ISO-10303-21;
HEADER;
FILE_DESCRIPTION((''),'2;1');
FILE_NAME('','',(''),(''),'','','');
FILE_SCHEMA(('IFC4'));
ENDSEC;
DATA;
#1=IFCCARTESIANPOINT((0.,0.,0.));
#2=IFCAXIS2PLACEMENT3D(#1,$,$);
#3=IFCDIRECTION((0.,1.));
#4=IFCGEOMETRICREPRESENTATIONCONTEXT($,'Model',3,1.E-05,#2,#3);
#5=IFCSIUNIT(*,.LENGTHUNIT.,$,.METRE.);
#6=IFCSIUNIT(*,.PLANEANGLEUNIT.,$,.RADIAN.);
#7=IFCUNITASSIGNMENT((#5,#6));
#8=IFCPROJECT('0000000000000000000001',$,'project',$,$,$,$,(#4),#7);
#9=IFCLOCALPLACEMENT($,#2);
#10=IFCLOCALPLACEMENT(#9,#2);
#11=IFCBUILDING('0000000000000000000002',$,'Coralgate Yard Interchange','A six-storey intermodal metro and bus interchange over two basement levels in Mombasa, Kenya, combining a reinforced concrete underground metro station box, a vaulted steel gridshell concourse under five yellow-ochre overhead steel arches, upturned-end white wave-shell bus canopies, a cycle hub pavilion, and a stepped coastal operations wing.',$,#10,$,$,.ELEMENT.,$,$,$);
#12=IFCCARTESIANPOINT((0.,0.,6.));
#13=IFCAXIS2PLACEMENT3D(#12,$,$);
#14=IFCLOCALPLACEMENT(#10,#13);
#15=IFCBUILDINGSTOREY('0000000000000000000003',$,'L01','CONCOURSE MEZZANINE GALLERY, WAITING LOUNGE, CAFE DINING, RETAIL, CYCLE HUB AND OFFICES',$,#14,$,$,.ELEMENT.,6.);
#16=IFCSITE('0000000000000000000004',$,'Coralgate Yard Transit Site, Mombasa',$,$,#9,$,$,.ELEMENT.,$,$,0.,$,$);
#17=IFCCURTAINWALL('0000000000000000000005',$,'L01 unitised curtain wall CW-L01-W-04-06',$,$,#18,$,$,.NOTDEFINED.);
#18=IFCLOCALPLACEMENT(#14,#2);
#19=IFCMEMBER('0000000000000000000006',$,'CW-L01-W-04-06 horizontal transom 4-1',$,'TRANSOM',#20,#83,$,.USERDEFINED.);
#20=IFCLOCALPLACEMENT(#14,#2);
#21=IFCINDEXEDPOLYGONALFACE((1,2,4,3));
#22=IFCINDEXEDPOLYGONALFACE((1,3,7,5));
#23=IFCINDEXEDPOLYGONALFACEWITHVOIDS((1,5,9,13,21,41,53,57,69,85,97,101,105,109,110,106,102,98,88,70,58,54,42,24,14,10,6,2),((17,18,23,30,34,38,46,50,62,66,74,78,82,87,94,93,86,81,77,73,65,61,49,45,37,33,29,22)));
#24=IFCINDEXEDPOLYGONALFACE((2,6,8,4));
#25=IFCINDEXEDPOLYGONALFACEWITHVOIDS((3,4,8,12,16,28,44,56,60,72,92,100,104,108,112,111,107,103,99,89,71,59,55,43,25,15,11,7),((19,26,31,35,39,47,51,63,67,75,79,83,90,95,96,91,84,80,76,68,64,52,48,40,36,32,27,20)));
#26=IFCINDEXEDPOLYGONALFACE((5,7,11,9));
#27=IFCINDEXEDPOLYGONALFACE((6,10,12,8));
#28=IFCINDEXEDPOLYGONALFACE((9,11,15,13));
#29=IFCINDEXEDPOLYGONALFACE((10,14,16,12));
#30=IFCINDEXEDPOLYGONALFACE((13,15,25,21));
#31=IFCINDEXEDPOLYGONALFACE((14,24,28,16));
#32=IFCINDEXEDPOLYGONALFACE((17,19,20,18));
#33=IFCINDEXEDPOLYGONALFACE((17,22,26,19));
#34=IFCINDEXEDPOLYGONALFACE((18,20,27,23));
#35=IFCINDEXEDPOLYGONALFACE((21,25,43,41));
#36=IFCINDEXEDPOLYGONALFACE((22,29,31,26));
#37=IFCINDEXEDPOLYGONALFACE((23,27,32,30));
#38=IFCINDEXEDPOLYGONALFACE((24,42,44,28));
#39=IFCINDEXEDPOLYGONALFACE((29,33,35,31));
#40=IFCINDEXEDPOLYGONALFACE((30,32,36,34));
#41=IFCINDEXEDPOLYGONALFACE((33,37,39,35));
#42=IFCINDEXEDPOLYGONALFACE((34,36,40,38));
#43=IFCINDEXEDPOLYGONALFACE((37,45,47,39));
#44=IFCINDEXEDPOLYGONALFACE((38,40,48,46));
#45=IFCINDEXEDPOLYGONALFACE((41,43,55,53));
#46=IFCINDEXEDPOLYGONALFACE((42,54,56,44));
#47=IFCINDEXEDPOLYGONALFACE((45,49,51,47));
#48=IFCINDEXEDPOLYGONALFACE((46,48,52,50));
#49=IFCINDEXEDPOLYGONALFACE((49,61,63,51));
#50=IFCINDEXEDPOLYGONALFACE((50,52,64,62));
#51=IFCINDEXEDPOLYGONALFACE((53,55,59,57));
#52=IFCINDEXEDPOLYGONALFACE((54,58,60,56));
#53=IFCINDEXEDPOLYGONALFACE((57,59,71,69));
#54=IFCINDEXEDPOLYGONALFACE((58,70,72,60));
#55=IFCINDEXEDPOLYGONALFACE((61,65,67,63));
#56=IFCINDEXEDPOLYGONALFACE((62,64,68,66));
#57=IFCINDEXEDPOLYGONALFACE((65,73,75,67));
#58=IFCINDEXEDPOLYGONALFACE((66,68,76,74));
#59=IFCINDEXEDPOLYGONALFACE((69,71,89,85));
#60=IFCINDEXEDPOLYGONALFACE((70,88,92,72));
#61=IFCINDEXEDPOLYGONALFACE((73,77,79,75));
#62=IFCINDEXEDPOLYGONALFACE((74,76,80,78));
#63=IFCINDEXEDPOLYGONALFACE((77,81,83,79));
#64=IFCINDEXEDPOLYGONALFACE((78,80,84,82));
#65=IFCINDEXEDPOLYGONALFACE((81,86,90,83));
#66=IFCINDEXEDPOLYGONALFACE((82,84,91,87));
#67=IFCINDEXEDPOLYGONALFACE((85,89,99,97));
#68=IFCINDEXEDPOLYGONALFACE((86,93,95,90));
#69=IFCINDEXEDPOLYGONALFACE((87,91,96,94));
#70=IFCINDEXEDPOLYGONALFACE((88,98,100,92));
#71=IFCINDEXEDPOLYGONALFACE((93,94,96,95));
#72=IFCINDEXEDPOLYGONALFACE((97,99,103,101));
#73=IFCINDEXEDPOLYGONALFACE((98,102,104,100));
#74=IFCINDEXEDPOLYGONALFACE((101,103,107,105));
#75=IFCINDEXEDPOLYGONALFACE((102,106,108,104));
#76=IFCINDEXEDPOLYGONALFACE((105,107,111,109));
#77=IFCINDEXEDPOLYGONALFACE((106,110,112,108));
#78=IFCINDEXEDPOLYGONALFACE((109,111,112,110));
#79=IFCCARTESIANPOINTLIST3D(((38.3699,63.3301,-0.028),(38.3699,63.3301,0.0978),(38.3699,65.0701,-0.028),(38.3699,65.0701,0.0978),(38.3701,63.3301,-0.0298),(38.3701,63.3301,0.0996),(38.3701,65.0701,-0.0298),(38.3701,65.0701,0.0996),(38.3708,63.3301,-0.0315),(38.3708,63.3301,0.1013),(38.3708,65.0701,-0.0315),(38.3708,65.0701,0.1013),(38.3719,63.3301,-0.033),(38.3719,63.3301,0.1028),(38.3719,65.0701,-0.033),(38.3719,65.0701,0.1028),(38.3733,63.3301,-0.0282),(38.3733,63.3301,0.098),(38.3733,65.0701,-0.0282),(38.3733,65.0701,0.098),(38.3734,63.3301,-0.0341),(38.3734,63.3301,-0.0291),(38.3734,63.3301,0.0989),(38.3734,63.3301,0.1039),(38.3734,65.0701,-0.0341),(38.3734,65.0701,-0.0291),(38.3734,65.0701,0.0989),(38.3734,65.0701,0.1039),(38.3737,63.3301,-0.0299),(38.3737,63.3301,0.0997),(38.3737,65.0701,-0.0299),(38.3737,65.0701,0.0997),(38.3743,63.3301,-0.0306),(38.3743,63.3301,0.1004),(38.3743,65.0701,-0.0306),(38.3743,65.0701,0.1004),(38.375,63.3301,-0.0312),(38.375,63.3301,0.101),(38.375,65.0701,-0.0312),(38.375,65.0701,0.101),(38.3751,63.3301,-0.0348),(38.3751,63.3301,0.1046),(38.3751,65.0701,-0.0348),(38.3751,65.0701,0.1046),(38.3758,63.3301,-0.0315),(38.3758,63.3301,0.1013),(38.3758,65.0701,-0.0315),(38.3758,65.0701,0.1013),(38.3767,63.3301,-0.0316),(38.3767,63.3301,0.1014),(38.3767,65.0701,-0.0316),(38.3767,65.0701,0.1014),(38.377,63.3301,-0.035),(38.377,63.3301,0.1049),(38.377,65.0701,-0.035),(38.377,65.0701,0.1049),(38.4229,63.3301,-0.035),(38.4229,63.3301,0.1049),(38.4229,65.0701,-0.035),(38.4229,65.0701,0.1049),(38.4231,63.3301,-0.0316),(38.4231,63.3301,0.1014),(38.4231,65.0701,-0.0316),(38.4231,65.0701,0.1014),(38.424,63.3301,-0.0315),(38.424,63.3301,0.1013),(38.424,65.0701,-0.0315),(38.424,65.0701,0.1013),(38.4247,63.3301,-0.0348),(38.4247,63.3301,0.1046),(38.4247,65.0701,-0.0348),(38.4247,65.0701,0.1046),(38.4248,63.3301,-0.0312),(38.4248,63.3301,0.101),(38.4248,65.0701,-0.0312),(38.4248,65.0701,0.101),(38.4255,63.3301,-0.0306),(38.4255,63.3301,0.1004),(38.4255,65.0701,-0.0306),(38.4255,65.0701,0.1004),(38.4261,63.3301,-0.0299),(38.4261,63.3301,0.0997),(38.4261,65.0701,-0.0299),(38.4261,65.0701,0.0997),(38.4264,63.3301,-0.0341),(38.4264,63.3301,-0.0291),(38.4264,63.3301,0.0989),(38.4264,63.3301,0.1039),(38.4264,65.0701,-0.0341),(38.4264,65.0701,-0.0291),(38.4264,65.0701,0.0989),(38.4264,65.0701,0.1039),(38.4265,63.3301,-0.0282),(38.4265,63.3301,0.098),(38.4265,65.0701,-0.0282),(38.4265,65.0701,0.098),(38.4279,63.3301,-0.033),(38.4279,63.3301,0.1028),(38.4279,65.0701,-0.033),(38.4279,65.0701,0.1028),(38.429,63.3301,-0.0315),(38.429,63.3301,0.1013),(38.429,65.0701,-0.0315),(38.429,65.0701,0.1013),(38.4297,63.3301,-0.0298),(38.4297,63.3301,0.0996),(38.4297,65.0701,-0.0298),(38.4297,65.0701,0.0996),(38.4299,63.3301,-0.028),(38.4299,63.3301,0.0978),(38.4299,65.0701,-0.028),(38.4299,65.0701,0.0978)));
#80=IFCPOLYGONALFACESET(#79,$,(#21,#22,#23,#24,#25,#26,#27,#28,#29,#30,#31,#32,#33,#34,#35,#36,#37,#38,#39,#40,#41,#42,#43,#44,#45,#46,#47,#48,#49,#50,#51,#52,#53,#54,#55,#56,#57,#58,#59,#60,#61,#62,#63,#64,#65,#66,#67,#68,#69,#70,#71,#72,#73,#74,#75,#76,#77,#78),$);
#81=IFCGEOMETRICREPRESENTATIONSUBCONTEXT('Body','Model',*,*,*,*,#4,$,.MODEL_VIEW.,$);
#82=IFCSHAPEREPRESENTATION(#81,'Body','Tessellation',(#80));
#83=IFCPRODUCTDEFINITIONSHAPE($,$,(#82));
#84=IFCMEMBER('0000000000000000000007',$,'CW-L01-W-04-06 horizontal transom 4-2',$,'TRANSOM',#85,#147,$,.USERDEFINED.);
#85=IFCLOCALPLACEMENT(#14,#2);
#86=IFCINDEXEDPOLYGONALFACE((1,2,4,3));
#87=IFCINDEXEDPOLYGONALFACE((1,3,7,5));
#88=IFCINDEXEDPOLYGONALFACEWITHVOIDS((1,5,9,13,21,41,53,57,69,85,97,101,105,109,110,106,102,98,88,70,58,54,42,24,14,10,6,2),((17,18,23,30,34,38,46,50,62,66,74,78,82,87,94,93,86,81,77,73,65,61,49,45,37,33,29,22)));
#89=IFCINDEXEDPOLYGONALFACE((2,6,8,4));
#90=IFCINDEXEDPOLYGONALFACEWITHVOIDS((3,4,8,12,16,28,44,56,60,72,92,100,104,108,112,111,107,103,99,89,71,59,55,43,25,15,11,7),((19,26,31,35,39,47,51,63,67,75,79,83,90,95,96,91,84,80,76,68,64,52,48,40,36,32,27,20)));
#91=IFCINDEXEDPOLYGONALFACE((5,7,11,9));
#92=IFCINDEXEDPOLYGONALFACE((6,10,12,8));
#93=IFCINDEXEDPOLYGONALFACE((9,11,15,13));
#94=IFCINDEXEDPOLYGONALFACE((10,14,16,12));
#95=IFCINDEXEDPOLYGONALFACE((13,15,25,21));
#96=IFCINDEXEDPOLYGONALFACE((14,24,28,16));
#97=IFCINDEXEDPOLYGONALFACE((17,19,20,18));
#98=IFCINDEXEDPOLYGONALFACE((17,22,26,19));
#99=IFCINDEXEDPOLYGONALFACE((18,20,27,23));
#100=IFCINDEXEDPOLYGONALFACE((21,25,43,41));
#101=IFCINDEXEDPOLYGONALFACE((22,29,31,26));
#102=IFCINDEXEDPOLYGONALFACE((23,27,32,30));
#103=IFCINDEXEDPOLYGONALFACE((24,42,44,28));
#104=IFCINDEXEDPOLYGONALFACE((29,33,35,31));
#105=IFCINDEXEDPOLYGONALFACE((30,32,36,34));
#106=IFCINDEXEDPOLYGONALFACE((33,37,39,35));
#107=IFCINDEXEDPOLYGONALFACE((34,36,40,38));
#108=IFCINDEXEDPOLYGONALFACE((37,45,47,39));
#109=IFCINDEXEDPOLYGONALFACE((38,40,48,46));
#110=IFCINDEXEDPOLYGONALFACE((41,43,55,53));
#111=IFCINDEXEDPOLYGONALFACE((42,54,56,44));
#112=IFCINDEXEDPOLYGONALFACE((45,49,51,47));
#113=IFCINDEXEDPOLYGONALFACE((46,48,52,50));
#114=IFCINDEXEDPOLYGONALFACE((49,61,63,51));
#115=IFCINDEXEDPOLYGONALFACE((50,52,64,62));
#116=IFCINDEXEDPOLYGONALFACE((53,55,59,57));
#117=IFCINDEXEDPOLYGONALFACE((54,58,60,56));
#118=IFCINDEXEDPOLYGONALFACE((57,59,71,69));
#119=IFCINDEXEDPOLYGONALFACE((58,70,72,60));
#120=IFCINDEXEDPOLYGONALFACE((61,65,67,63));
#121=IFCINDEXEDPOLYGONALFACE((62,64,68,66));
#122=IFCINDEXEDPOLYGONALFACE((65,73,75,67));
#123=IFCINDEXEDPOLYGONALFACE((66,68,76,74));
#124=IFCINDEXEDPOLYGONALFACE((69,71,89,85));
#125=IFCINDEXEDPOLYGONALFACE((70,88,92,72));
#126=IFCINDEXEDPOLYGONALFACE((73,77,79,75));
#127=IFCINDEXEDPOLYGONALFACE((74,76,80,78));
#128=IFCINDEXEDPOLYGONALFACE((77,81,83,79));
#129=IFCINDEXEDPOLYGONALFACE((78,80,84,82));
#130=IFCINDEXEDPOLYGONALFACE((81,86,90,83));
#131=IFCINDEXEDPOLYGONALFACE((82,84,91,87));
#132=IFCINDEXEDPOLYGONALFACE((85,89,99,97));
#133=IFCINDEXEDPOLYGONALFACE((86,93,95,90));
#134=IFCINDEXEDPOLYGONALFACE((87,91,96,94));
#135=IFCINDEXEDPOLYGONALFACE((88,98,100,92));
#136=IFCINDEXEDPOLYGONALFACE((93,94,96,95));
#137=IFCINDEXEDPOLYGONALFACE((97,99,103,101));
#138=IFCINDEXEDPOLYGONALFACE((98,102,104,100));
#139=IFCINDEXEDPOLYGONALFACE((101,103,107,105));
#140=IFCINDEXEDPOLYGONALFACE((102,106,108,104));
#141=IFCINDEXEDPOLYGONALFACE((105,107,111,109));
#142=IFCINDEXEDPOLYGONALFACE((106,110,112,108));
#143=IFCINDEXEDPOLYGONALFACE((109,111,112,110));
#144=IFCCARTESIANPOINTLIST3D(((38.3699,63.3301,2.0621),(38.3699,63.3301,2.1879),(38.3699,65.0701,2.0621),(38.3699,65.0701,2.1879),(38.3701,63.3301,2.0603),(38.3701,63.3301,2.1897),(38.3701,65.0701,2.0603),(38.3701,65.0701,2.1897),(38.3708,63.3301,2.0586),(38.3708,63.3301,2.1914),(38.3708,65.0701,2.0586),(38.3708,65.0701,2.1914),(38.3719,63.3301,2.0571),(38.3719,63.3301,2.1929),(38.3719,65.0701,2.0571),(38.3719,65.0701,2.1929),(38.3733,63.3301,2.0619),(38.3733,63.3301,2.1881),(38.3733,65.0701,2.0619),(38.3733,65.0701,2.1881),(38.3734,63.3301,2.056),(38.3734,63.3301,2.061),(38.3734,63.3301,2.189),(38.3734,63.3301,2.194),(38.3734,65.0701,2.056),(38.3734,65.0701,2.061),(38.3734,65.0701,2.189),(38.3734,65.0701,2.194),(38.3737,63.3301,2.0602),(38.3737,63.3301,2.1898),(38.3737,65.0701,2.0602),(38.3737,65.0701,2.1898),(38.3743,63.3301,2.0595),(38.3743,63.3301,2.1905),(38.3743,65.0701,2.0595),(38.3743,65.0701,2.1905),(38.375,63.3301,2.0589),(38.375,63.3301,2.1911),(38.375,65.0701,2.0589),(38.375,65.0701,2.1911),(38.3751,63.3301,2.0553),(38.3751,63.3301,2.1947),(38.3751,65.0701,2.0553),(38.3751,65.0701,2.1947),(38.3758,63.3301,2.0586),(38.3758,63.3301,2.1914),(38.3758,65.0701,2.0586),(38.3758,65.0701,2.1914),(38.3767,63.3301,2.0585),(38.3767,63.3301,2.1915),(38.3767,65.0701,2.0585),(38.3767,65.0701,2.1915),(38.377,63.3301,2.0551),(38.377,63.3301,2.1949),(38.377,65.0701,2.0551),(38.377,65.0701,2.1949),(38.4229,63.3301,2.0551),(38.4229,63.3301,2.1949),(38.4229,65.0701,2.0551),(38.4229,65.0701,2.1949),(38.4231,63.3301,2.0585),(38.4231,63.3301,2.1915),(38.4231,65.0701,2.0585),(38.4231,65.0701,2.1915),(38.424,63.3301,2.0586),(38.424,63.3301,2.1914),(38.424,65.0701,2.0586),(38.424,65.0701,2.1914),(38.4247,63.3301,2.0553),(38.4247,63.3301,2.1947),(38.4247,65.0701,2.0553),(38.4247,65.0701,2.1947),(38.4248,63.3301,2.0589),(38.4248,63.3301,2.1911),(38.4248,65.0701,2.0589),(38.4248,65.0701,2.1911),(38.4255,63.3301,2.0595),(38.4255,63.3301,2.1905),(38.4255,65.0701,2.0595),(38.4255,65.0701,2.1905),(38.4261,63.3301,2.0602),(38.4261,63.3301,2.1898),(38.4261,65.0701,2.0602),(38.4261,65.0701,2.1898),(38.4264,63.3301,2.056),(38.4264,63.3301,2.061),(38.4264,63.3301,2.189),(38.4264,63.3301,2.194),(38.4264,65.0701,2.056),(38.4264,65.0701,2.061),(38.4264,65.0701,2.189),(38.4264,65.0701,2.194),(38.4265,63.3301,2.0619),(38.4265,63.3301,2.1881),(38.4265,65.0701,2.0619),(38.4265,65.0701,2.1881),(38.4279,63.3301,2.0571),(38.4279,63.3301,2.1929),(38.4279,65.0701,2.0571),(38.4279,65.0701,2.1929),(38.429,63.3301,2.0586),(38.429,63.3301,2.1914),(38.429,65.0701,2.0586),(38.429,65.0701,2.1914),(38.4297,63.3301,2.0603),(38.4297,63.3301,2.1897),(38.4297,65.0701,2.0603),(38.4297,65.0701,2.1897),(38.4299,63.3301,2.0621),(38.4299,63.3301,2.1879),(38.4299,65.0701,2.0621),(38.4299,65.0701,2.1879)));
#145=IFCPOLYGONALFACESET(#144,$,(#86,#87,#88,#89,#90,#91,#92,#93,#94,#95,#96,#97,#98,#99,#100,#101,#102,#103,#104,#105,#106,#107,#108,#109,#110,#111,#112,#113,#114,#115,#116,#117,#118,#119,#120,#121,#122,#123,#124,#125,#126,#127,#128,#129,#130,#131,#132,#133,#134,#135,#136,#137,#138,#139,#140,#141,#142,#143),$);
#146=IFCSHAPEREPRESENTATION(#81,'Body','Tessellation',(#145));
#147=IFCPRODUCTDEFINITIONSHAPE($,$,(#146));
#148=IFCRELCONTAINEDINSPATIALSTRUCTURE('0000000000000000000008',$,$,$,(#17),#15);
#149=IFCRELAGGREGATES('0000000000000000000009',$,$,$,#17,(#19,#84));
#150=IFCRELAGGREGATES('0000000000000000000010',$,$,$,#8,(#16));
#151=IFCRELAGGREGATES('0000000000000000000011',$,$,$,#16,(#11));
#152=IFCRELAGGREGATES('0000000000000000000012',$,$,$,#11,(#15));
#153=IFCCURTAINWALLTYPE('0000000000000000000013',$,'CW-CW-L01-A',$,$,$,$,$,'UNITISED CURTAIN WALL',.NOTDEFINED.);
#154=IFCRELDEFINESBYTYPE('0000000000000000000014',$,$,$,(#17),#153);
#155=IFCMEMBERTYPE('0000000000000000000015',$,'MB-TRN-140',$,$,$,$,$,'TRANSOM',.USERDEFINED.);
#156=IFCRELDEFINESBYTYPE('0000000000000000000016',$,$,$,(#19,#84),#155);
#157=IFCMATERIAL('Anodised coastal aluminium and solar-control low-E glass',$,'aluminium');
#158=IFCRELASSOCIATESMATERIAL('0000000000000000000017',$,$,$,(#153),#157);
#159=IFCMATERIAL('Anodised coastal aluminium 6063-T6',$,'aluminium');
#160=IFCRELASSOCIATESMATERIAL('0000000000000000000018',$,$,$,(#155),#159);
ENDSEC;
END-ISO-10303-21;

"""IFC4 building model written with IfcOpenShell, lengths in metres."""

from ifc_helpers import new_model, si_unit, direction, frame, origin, origin_2d, place, context, subcontext, project, spatial, hollow_rectangle, extrude, material, material_profile, profile_set, type_object, element, aggregate, save


model = new_model("IFC4")

# Units and contexts
model_context = context("Model", 3, precision=1e-05, world=origin(), true_north=direction((0.0, 1.0)))
body_context = subcontext(model_context, "Body", "Model", "MODEL_VIEW")
ifc_project = project(units=[si_unit("LENGTHUNIT", "METRE"), si_unit("PLANEANGLEUNIT", "RADIAN")], contexts=[model_context])

# Site, building, storey
site_placement = place(None, origin())
site = spatial("IfcSite", under=ifc_project, at=site_placement, Name="Coralgate Yard Transit Site, Mombasa", CompositionType="ELEMENT", RefElevation=0.0)
building_placement = place(site_placement, origin())
building = spatial("IfcBuilding", under=site, at=building_placement, Name="Coralgate Yard Interchange", Description="A six-storey intermodal metro and bus interchange over two basement levels in Mombasa, Kenya, combining a reinforced concrete underground metro station box, a vaulted steel gridshell concourse under five yellow-ochre overhead steel arches, upturned-end white wave-shell bus canopies, a cycle hub pavilion, and a stepped coastal operations wing.", CompositionType="ELEMENT")
storey_placement = place(building_placement, frame((0.0, 0.0, 6.0)))
storey = spatial("IfcBuildingStorey", under=building, at=storey_placement, Name="L01", Description="CONCOURSE MEZZANINE GALLERY, WAITING LOUNGE, CAFE DINING, RETAIL, CYCLE HUB AND OFFICES", CompositionType="ELEMENT", Elevation=6.0)

# Curtain wall, members
ifc_material_1 = material(Name="Anodised coastal aluminium and solar-control low-E glass", Category="aluminium")
curtain_wall_type = type_object("IfcCurtainWallType", Name="CW-CW-L01-A", ElementType="UNITISED CURTAIN WALL", PredefinedType="NOTDEFINED", material=ifc_material_1)
curtain_wall_placement = place(storey_placement, origin())
curtain_wall = element("IfcCurtainWall", 1, at=curtain_wall_placement, inside=storey, type_object=curtain_wall_type, Name="L01 unitised curtain wall CW-L01-W-04-06", PredefinedType="NOTDEFINED")
ifc_material_2 = material(Name="Anodised coastal aluminium 6063-T6", Category="aluminium")
ifc_material_profile_1 = material_profile(ifc_material_2, hollow_rectangle(XDim=0.0601, YDim=0.1399, WallThickness=0.0034, InnerFilletRadius=0.0034, OuterFilletRadius=0.0071, at=origin_2d()), Name="ALU 60x140x3.5")
ifc_profile_set_1 = profile_set([ifc_material_profile_1], Name="Anodised coastal aluminium 6063-T6")
member_type_1 = type_object("IfcMemberType", Name="MB-TRN-140", ElementType="TRANSOM", PredefinedType="USERDEFINED", material=ifc_profile_set_1)
member_1_placement = place(storey_placement, frame((38.3999, 63.3301, 0.0349), z_axis=(0.0, 1.0, 0.0), x_axis=(-1.0, 0.0, 0.0)))
member_1 = element("IfcMember", 2, at=member_1_placement, type_object=member_type_1, Name="CW-L01-W-04-06 horizontal transom 4-1", ObjectType="TRANSOM", PredefinedType="USERDEFINED", context=body_context, shape_type="SweptSolid", body=[
    extrude(hollow_rectangle(XDim=0.0601, YDim=0.1399, WallThickness=0.0034, InnerFilletRadius=0.0034, OuterFilletRadius=0.0071, at=origin_2d()), origin(), (0.0, 0.0, 1.0), 1.74),
])
member_2_placement = place(storey_placement, frame((38.3999, 63.3301, 2.125), z_axis=(0.0, 1.0, 0.0), x_axis=(-1.0, 0.0, 0.0)))
member_2 = element("IfcMember", 3, at=member_2_placement, type_object=member_type_1, Name="CW-L01-W-04-06 horizontal transom 4-2", ObjectType="TRANSOM", PredefinedType="USERDEFINED", context=body_context, shape_type="SweptSolid", body=[
    extrude(hollow_rectangle(XDim=0.0601, YDim=0.1399, WallThickness=0.0034, InnerFilletRadius=0.0034, OuterFilletRadius=0.0071, at=origin_2d()), origin(), (0.0, 0.0, 1.0), 1.74),
])
aggregate(curtain_wall, [member_1, member_2])

save(model, "model.ifc")
